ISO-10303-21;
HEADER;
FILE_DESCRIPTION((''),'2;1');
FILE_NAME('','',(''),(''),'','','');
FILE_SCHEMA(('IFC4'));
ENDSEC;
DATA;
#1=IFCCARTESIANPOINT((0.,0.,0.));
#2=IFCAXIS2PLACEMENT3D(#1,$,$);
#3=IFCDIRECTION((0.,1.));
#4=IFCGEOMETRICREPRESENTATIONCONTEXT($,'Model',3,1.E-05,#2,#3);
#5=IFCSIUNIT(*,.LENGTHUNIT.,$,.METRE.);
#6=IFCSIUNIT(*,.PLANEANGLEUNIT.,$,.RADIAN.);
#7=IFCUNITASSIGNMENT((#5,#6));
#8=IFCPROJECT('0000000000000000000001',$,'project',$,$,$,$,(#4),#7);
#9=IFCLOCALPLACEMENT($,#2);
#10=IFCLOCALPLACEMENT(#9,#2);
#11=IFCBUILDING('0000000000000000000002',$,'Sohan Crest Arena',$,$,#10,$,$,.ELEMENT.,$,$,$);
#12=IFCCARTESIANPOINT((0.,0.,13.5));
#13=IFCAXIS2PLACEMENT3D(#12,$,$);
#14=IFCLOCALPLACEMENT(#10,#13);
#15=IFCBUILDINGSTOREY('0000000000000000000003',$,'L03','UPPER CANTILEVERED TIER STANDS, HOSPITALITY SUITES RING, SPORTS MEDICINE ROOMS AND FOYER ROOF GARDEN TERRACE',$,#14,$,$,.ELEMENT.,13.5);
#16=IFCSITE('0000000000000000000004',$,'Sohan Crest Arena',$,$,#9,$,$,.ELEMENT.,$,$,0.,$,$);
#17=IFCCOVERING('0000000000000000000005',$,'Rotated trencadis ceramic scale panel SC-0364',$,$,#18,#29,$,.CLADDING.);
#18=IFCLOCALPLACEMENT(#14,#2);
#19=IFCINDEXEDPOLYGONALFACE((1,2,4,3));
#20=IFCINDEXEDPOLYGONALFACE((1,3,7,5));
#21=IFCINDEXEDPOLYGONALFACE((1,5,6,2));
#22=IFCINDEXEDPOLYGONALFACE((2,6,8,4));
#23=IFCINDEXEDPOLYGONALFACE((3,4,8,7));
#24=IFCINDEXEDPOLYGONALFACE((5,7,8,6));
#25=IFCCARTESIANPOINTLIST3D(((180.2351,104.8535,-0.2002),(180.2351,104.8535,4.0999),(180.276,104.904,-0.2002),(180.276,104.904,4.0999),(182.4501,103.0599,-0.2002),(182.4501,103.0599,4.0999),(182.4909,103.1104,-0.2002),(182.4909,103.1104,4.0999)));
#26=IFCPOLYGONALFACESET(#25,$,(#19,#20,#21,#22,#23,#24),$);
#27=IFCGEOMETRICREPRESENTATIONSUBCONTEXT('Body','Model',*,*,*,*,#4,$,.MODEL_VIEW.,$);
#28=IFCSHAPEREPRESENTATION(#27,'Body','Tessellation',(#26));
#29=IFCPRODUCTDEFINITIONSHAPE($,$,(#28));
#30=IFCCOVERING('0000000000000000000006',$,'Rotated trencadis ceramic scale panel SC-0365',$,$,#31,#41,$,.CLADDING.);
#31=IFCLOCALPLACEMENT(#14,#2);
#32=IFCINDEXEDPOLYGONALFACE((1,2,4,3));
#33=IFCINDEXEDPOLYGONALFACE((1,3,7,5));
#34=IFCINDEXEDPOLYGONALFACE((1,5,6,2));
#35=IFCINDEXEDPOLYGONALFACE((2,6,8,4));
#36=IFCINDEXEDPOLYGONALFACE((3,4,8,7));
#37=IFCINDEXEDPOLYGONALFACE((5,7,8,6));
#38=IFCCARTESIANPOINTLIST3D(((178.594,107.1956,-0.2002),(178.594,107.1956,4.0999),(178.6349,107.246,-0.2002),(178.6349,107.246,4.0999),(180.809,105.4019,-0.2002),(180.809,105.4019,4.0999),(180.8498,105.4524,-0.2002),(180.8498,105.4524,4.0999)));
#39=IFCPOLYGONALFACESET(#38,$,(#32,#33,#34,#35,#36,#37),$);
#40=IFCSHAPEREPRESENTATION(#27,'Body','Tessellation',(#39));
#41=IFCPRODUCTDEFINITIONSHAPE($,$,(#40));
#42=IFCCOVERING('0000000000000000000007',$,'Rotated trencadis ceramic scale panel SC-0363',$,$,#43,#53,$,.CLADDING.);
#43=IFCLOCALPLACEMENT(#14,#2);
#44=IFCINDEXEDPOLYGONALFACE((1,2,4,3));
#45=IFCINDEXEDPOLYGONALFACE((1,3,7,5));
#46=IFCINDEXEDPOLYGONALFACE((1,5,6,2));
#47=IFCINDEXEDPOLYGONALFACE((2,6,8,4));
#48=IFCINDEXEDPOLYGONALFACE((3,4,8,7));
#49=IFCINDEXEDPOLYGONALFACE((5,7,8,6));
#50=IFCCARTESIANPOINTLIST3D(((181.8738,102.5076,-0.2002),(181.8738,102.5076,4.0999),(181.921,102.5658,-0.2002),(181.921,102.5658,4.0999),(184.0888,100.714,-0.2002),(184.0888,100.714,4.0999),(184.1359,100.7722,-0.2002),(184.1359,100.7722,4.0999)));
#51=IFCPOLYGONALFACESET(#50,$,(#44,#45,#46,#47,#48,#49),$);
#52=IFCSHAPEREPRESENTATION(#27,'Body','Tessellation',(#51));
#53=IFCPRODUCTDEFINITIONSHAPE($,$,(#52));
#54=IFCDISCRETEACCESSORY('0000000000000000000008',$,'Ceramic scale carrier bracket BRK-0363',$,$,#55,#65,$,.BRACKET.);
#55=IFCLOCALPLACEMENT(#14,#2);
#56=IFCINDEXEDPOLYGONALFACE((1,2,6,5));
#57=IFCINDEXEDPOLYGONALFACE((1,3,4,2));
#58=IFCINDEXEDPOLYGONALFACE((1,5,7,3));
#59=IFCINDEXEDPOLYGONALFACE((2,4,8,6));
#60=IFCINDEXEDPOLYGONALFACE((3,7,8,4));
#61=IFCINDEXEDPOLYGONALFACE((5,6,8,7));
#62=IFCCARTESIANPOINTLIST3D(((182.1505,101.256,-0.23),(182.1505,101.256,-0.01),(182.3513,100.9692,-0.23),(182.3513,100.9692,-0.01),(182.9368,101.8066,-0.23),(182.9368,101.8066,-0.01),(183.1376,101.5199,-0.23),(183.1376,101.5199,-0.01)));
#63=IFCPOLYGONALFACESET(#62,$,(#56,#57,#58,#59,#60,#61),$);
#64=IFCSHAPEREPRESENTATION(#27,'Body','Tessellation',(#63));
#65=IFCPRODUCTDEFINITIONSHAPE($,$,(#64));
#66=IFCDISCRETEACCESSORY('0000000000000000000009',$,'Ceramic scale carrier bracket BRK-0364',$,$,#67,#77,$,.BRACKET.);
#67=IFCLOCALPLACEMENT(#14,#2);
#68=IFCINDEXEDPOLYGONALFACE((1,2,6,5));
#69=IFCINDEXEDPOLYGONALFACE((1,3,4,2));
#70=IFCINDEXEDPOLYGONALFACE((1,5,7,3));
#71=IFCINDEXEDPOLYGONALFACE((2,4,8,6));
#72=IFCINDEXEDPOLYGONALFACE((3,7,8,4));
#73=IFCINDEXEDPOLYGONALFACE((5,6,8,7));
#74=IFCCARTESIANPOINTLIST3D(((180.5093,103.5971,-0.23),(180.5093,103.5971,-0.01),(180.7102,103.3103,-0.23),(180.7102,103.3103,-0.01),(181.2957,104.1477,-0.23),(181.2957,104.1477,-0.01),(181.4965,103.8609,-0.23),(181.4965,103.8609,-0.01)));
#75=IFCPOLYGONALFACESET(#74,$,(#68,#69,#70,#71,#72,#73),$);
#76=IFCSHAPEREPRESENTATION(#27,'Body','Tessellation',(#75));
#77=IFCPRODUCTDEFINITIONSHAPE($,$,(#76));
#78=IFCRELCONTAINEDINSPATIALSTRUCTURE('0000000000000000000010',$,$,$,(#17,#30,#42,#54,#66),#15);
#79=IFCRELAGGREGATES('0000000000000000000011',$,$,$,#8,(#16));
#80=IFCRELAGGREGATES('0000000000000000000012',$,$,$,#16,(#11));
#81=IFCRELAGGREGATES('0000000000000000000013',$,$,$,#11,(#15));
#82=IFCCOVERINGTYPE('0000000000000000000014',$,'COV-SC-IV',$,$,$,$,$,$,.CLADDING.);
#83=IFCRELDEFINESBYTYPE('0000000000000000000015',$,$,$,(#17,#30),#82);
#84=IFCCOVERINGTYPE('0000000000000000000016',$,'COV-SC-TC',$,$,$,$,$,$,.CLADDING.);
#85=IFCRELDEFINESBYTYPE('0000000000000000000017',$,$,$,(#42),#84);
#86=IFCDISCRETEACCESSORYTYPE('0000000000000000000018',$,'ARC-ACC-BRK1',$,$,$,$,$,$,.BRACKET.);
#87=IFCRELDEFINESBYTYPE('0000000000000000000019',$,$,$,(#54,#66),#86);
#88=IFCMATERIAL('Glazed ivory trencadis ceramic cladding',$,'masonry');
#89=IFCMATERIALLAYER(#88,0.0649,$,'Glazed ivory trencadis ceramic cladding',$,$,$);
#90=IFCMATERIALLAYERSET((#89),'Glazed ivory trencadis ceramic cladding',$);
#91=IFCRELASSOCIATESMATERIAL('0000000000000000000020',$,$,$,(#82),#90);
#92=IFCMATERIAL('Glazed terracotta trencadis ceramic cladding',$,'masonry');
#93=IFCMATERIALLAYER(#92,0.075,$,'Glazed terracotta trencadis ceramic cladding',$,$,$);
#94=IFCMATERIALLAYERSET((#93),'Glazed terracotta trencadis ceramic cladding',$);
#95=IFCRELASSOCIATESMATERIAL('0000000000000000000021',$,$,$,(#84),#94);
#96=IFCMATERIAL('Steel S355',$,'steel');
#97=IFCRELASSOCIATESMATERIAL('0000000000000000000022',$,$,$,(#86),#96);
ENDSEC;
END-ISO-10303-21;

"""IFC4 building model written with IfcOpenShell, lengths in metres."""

from ifc_helpers import new_model, si_unit, direction, frame, origin, origin_2d, place, context, subcontext, project, spatial, rectangle, extrude, material, layer, layer_set, type_object, element, save


model = new_model("IFC4")

# Units and contexts
model_context = context("Model", 3, precision=1e-05, world=origin(), true_north=direction((0.0, 1.0)))
body_context = subcontext(model_context, "Body", "Model", "MODEL_VIEW")
ifc_project = project(units=[si_unit("LENGTHUNIT", "METRE"), si_unit("PLANEANGLEUNIT", "RADIAN")], contexts=[model_context])

# Site, building, storey
site_placement = place(None, origin())
site = spatial("IfcSite", under=ifc_project, at=site_placement, Name="Sohan Crest Arena", CompositionType="ELEMENT", RefElevation=0.0)
building_placement = place(site_placement, origin())
building = spatial("IfcBuilding", under=site, at=building_placement, Name="Sohan Crest Arena", CompositionType="ELEMENT")
storey_placement = place(building_placement, frame((0.0, 0.0, 13.5)))
storey = spatial("IfcBuildingStorey", under=building, at=storey_placement, Name="L03", Description="UPPER CANTILEVERED TIER STANDS, HOSPITALITY SUITES RING, SPORTS MEDICINE ROOMS AND FOYER ROOF GARDEN TERRACE", CompositionType="ELEMENT", Elevation=13.5)

# Coverings
ifc_material_1 = material(Name="Glazed ivory trencadis ceramic cladding", Category="masonry")
ifc_layer_1 = layer(ifc_material_1, 0.0649, Name="Glazed ivory trencadis ceramic cladding")
ifc_layer_set_1 = layer_set([ifc_layer_1], Name="Glazed ivory trencadis ceramic cladding")
covering_type_1 = type_object("IfcCoveringType", Name="COV-SC-IV", PredefinedType="CLADDING", material=ifc_layer_set_1)
for number, where, z_axis, x_axis, name in (
    (1, (181.363, 103.9819, -0.2002), (0.0, 0.0, 1.0), (-0.777146, 0.62932, 0.0), "Rotated trencadis ceramic scale panel SC-0364"),
    (2, (179.7219, 106.324, -0.2002), (0.0, 0.0, 1.0), (-0.777146, 0.62932, 0.0), "Rotated trencadis ceramic scale panel SC-0365"),
):
    element("IfcCovering", number, at=place(storey_placement, frame(where, z_axis=z_axis, x_axis=x_axis)), inside=storey, type_object=covering_type_1, Name=name, PredefinedType="CLADDING", context=body_context, shape_type="SweptSolid", body=[
        extrude(rectangle(XDim=2.8501, YDim=0.0649, at=origin_2d()), origin(), (0.0, 0.0, 1.0), 4.3),
    ])
ifc_material_2 = material(Name="Glazed terracotta trencadis ceramic cladding", Category="masonry")
ifc_layer_2 = layer(ifc_material_2, 0.075, Name="Glazed terracotta trencadis ceramic cladding")
ifc_layer_set_2 = layer_set([ifc_layer_2], Name="Glazed terracotta trencadis ceramic cladding")
covering_type_2 = type_object("IfcCoveringType", Name="COV-SC-TC", PredefinedType="CLADDING", material=ifc_layer_set_2)
covering_placement = place(storey_placement, frame((183.0049, 101.6399, -0.2002), z_axis=(0.0, 0.0, 1.0), x_axis=(-0.777146, 0.62932, 0.0)))
element("IfcCovering", 3, at=covering_placement, inside=storey, type_object=covering_type_2, Name="Rotated trencadis ceramic scale panel SC-0363", PredefinedType="CLADDING", context=body_context, shape_type="SweptSolid", body=[
    extrude(rectangle(XDim=2.8501, YDim=0.075, at=origin_2d()), origin(), (0.0, 0.0, 1.0), 4.3),
])

# Discrete accessories
ifc_material_3 = material(Name="Steel S355", Category="steel")
discrete_accessory_type = type_object("IfcDiscreteAccessoryType", Name="ARC-ACC-BRK1", PredefinedType="BRACKET", material=ifc_material_3)
for number, where, z_axis, x_axis, name in (
    (4, (182.644, 101.3879, -0.23), (0.0, 0.0, 1.0), (-0.573576, 0.819152, 0.0), "Ceramic scale carrier bracket BRK-0363"),
    (5, (181.0029, 103.729, -0.23), (0.0, 0.0, 1.0), (-0.573576, 0.819152, 0.0), "Ceramic scale carrier bracket BRK-0364"),
):
    element("IfcDiscreteAccessory", number, at=place(storey_placement, frame(where, z_axis=z_axis, x_axis=x_axis)), inside=storey, type_object=discrete_accessory_type, Name=name, PredefinedType="BRACKET", context=body_context, shape_type="SweptSolid", body=[
        extrude(rectangle(XDim=0.3501, YDim=0.96, at=origin_2d()), origin(), (0.0, 0.0, 1.0), 0.22),
    ])

save(model, "model.ifc")
